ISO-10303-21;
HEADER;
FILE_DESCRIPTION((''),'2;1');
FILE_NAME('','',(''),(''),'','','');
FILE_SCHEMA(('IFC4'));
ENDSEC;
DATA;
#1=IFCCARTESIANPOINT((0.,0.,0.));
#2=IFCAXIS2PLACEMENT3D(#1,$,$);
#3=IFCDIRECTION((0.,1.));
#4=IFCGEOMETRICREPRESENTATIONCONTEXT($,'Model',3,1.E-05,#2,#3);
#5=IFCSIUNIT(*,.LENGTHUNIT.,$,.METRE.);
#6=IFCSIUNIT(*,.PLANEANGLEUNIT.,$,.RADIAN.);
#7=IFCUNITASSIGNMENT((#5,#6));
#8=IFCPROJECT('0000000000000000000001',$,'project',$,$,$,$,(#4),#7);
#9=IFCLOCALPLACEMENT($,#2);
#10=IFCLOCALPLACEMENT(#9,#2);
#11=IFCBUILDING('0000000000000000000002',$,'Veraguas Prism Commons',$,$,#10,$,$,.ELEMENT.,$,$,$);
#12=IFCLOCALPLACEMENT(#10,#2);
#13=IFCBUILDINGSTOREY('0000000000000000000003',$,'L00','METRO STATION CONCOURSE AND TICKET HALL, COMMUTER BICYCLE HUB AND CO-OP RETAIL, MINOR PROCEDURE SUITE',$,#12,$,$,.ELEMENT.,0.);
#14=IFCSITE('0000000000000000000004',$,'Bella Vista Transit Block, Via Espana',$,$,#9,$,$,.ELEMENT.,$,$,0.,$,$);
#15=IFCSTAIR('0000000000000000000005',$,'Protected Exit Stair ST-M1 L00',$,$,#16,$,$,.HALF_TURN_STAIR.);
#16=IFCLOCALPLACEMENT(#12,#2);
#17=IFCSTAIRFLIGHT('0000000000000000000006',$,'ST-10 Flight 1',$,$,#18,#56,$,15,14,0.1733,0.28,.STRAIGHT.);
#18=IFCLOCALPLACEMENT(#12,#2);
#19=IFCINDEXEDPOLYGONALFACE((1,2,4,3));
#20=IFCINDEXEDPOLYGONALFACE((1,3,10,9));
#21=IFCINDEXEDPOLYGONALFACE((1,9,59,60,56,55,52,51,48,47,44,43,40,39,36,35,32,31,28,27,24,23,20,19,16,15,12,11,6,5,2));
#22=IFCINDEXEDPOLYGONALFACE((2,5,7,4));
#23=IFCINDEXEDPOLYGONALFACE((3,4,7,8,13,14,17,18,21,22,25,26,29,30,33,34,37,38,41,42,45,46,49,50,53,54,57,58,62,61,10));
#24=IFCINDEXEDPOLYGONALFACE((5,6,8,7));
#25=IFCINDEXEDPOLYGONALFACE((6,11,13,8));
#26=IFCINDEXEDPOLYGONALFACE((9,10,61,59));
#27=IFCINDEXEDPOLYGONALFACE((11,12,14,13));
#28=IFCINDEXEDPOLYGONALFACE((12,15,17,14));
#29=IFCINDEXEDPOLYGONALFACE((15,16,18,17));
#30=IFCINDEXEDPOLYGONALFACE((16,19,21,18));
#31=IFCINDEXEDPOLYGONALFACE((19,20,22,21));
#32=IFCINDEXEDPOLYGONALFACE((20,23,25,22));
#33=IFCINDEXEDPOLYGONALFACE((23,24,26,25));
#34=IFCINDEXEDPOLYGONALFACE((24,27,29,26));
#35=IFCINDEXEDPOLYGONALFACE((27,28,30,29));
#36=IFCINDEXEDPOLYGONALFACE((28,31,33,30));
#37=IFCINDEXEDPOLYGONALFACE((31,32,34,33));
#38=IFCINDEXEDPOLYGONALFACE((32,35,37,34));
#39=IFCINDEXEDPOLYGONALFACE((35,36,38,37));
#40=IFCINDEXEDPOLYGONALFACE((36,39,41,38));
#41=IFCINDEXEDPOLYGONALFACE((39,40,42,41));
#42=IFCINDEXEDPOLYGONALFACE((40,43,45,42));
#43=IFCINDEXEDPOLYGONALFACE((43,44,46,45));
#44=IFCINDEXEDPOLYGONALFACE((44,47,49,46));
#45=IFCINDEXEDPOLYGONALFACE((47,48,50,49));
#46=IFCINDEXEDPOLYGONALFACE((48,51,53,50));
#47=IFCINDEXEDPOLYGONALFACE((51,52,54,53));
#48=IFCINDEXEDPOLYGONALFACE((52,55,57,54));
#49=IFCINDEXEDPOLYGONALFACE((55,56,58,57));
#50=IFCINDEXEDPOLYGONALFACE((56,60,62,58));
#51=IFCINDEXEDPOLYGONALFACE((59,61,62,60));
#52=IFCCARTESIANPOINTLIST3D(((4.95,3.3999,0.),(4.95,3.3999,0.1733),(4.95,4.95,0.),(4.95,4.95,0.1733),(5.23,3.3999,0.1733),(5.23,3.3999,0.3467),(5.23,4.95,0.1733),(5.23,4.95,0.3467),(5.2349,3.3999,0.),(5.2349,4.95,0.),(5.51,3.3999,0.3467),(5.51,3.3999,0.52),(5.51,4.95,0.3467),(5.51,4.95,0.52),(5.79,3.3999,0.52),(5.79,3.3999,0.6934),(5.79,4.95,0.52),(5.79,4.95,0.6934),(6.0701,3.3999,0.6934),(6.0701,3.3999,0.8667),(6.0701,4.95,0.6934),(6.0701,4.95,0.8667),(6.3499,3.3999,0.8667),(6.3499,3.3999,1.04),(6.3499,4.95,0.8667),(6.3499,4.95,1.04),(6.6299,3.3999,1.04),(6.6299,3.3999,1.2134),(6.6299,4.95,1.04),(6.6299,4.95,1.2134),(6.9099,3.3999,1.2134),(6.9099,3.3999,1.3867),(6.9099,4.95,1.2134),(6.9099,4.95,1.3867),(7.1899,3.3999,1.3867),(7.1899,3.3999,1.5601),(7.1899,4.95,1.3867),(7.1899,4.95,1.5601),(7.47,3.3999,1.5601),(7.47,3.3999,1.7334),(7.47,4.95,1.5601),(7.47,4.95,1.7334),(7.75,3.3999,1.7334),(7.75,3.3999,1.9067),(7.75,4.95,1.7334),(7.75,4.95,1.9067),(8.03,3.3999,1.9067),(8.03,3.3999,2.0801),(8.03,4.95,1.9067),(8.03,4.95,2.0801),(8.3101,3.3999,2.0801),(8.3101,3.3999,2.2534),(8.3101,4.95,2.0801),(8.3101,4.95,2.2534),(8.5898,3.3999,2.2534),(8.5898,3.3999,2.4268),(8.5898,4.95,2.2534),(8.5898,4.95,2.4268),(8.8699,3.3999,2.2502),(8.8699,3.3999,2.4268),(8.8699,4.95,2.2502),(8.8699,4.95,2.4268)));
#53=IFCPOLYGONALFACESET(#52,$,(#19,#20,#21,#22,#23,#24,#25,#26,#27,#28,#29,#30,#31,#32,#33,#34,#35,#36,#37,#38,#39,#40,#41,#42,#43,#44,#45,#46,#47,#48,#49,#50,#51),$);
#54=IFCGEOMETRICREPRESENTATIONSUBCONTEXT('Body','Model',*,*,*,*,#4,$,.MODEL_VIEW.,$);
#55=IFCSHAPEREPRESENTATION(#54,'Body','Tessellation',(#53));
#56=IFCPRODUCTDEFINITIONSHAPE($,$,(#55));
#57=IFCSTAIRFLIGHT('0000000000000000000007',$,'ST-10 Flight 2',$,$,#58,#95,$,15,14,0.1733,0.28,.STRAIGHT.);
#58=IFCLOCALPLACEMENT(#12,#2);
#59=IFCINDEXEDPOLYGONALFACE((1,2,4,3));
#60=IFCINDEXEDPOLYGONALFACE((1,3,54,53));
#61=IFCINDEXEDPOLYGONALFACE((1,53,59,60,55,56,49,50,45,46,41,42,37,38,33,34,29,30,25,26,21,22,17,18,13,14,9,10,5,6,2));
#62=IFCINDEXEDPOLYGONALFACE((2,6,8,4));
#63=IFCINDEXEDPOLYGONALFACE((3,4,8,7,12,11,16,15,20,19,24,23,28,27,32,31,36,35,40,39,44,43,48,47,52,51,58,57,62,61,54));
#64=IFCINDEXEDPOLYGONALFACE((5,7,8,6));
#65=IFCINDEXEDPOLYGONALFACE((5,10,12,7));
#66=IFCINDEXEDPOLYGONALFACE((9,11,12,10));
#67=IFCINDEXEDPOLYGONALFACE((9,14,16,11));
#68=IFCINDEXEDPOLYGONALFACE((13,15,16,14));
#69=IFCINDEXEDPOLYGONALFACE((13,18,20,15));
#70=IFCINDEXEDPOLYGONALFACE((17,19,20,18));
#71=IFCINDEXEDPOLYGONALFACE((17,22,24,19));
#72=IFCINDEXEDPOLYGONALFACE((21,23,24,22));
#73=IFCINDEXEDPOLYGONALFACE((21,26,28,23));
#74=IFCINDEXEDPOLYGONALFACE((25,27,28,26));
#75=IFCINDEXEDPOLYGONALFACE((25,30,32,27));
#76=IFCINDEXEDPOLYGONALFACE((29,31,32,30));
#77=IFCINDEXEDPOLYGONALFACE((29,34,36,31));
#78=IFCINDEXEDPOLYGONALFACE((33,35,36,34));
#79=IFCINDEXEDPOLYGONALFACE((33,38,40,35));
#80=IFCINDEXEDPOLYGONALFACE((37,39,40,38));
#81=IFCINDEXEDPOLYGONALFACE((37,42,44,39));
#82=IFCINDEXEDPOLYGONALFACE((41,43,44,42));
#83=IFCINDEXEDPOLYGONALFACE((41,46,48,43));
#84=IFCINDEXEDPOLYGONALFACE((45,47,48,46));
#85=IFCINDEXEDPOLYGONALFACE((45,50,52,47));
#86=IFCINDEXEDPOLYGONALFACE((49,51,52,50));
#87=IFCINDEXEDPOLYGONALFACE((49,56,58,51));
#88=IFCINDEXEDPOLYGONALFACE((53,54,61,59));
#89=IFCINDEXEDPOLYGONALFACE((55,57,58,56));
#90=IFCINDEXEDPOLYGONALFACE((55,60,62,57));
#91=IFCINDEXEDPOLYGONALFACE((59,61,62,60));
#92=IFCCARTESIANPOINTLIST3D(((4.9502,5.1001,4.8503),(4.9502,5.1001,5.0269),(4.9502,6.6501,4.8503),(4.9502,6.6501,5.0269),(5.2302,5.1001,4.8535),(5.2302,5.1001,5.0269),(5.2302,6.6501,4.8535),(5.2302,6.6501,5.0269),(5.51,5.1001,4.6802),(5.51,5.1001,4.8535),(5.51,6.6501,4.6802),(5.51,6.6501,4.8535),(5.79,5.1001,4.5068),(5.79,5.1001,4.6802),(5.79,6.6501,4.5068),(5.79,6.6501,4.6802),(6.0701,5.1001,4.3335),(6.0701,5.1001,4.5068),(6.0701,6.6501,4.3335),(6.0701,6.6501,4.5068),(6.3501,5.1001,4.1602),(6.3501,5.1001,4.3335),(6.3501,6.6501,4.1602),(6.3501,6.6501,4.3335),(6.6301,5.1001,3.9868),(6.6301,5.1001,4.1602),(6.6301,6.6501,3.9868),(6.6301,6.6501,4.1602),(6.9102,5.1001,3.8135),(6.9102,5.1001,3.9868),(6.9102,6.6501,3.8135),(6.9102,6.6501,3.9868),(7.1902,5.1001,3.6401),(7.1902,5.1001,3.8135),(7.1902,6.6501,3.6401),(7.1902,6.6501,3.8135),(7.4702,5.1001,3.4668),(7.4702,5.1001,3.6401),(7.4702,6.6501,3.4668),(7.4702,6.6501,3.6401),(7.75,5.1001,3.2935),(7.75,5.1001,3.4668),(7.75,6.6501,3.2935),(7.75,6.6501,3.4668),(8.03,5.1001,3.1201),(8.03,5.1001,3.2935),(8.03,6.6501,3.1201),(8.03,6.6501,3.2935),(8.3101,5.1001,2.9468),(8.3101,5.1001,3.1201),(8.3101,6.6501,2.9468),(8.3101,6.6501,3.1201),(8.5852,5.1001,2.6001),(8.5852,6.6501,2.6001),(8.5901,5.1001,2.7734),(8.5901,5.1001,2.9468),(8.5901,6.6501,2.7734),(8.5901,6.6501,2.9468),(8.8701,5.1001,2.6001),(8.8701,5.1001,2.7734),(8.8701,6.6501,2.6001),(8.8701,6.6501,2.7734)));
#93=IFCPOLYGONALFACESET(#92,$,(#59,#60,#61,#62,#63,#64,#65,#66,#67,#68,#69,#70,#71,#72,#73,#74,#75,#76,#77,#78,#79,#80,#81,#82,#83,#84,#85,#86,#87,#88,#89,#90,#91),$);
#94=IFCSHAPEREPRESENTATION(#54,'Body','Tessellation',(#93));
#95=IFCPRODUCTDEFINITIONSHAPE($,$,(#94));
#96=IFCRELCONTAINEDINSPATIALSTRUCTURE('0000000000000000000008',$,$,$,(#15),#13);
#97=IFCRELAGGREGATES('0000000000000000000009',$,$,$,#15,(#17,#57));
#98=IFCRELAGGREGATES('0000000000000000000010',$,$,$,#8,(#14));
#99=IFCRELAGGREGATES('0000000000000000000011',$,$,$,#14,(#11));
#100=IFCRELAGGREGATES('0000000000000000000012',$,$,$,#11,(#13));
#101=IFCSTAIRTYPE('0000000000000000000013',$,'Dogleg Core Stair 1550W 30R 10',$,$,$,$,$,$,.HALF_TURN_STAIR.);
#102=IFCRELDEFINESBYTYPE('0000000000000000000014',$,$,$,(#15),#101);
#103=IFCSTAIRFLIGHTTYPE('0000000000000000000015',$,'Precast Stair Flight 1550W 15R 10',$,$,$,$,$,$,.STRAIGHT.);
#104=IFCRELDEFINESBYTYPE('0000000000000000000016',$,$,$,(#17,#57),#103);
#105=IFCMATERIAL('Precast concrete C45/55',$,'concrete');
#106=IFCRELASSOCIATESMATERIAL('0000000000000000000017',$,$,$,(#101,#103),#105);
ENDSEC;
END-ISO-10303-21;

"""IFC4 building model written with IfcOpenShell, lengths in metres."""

from ifc_helpers import new_model, si_unit, direction, frame, origin, place, context, subcontext, project, spatial, polyline, outline, extrude, material, type_object, element, aggregate, save


model = new_model("IFC4")

# Units and contexts
model_context = context("Model", 3, precision=1e-05, world=origin(), true_north=direction((0.0, 1.0)))
body_context = subcontext(model_context, "Body", "Model", "MODEL_VIEW")
ifc_project = project(units=[si_unit("LENGTHUNIT", "METRE"), si_unit("PLANEANGLEUNIT", "RADIAN")], contexts=[model_context])

# Site, building, storey
site_placement = place(None, origin())
site = spatial("IfcSite", under=ifc_project, at=site_placement, Name="Bella Vista Transit Block, Via Espana", CompositionType="ELEMENT", RefElevation=0.0)
building_placement = place(site_placement, origin())
building = spatial("IfcBuilding", under=site, at=building_placement, Name="Veraguas Prism Commons", CompositionType="ELEMENT")
storey_placement = place(building_placement, origin())
storey = spatial("IfcBuildingStorey", under=building, at=storey_placement, Name="L00", Description="METRO STATION CONCOURSE AND TICKET HALL, COMMUTER BICYCLE HUB AND CO-OP RETAIL, MINOR PROCEDURE SUITE", CompositionType="ELEMENT", Elevation=0.0)

# Stair, stair flights
ifc_material_1 = material(Name="Precast concrete C45/55", Category="concrete")
stair_type = type_object("IfcStairType", Name="Dogleg Core Stair 1550W 30R 10", PredefinedType="HALF_TURN_STAIR", material=ifc_material_1)
stair_placement = place(storey_placement, origin())
stair = element("IfcStair", 1, at=stair_placement, inside=storey, type_object=stair_type, Name="Protected Exit Stair ST-M1 L00", PredefinedType="HALF_TURN_STAIR")
stair_flight_type = type_object("IfcStairFlightType", Name="Precast Stair Flight 1550W 15R 10", PredefinedType="STRAIGHT", material=ifc_material_1)
stair_flight_1_placement = place(storey_placement, frame((4.95, 4.175, 0.0), z_axis=(0.0, 0.0, 1.0), x_axis=(1.0, 0.0, 0.0)))
stair_flight_1 = element("IfcStairFlight", 2, at=stair_flight_1_placement, type_object=stair_flight_type, Name="ST-10 Flight 1", NumberOfRisers=15, NumberOfTreads=14, PredefinedType="STRAIGHT", RiserHeight=0.1733, TreadLength=0.28, context=body_context, shape_type="SweptSolid", body=[
    extrude(outline(polyline([(0.0, 0.0), (0.0, 0.1733), (0.28, 0.1733), (0.28, 0.3467), (0.5601, 0.3467), (0.5601, 0.52), (0.8401, 0.52), (0.8401, 0.6934), (1.1201, 0.6934), (1.1201, 0.8667), (1.3999, 0.8667), (1.3999, 1.04), (1.6799, 1.04), (1.6799, 1.2134), (1.96, 1.2134), (1.96, 1.3867), (2.24, 1.3867), (2.24, 1.5601), (2.52, 1.5601), (2.52, 1.7334), (2.8, 1.7334), (2.8, 1.9067), (3.0801, 1.9067), (3.0801, 2.0801), (3.3601, 2.0801), (3.3601, 2.2534), (3.6399, 2.2534), (3.6399, 2.4268), (3.9199, 2.4268), (3.9199, 2.6001), (3.9199, 2.2502), (0.2849, 0.0), (0.0, 0.0)])), frame((0.0, 0.7749, 0.0), z_axis=(0.0, -1.0, 0.0), x_axis=(1.0, 0.0, 0.0)), (0.0, 0.0, 1.0), 1.55),
])
stair_flight_2_placement = place(storey_placement, frame((8.8701, 5.875, 2.6001), z_axis=(0.0, 0.0, 1.0), x_axis=(-1.0, 0.0, 0.0)))
stair_flight_2 = element("IfcStairFlight", 3, at=stair_flight_2_placement, type_object=stair_flight_type, Name="ST-10 Flight 2", NumberOfRisers=15, NumberOfTreads=14, PredefinedType="STRAIGHT", RiserHeight=0.1733, TreadLength=0.28, context=body_context, shape_type="SweptSolid", body=[
    extrude(outline(polyline([(0.0, 0.0), (0.0, 0.1733), (0.28, 0.1733), (0.28, 0.3467), (0.5601, 0.3467), (0.5601, 0.52), (0.8401, 0.52), (0.8401, 0.6934), (1.1201, 0.6934), (1.1201, 0.8667), (1.3999, 0.8667), (1.3999, 1.04), (1.6799, 1.04), (1.6799, 1.2134), (1.96, 1.2134), (1.96, 1.3867), (2.24, 1.3867), (2.24, 1.5601), (2.52, 1.5601), (2.52, 1.7334), (2.8, 1.7334), (2.8, 1.9067), (3.0801, 1.9067), (3.0801, 2.0801), (3.3601, 2.0801), (3.3601, 2.2534), (3.6399, 2.2534), (3.6399, 2.4268), (3.9199, 2.4268), (3.9199, 2.6001), (3.9199, 2.2502), (0.2849, 0.0), (0.0, 0.0)])), frame((0.0, 0.7749, 0.0), z_axis=(0.0, -1.0, 0.0), x_axis=(1.0, 0.0, 0.0)), (0.0, 0.0, 1.0), 1.55),
])
aggregate(stair, [stair_flight_1, stair_flight_2])

save(model, "model.ifc")
